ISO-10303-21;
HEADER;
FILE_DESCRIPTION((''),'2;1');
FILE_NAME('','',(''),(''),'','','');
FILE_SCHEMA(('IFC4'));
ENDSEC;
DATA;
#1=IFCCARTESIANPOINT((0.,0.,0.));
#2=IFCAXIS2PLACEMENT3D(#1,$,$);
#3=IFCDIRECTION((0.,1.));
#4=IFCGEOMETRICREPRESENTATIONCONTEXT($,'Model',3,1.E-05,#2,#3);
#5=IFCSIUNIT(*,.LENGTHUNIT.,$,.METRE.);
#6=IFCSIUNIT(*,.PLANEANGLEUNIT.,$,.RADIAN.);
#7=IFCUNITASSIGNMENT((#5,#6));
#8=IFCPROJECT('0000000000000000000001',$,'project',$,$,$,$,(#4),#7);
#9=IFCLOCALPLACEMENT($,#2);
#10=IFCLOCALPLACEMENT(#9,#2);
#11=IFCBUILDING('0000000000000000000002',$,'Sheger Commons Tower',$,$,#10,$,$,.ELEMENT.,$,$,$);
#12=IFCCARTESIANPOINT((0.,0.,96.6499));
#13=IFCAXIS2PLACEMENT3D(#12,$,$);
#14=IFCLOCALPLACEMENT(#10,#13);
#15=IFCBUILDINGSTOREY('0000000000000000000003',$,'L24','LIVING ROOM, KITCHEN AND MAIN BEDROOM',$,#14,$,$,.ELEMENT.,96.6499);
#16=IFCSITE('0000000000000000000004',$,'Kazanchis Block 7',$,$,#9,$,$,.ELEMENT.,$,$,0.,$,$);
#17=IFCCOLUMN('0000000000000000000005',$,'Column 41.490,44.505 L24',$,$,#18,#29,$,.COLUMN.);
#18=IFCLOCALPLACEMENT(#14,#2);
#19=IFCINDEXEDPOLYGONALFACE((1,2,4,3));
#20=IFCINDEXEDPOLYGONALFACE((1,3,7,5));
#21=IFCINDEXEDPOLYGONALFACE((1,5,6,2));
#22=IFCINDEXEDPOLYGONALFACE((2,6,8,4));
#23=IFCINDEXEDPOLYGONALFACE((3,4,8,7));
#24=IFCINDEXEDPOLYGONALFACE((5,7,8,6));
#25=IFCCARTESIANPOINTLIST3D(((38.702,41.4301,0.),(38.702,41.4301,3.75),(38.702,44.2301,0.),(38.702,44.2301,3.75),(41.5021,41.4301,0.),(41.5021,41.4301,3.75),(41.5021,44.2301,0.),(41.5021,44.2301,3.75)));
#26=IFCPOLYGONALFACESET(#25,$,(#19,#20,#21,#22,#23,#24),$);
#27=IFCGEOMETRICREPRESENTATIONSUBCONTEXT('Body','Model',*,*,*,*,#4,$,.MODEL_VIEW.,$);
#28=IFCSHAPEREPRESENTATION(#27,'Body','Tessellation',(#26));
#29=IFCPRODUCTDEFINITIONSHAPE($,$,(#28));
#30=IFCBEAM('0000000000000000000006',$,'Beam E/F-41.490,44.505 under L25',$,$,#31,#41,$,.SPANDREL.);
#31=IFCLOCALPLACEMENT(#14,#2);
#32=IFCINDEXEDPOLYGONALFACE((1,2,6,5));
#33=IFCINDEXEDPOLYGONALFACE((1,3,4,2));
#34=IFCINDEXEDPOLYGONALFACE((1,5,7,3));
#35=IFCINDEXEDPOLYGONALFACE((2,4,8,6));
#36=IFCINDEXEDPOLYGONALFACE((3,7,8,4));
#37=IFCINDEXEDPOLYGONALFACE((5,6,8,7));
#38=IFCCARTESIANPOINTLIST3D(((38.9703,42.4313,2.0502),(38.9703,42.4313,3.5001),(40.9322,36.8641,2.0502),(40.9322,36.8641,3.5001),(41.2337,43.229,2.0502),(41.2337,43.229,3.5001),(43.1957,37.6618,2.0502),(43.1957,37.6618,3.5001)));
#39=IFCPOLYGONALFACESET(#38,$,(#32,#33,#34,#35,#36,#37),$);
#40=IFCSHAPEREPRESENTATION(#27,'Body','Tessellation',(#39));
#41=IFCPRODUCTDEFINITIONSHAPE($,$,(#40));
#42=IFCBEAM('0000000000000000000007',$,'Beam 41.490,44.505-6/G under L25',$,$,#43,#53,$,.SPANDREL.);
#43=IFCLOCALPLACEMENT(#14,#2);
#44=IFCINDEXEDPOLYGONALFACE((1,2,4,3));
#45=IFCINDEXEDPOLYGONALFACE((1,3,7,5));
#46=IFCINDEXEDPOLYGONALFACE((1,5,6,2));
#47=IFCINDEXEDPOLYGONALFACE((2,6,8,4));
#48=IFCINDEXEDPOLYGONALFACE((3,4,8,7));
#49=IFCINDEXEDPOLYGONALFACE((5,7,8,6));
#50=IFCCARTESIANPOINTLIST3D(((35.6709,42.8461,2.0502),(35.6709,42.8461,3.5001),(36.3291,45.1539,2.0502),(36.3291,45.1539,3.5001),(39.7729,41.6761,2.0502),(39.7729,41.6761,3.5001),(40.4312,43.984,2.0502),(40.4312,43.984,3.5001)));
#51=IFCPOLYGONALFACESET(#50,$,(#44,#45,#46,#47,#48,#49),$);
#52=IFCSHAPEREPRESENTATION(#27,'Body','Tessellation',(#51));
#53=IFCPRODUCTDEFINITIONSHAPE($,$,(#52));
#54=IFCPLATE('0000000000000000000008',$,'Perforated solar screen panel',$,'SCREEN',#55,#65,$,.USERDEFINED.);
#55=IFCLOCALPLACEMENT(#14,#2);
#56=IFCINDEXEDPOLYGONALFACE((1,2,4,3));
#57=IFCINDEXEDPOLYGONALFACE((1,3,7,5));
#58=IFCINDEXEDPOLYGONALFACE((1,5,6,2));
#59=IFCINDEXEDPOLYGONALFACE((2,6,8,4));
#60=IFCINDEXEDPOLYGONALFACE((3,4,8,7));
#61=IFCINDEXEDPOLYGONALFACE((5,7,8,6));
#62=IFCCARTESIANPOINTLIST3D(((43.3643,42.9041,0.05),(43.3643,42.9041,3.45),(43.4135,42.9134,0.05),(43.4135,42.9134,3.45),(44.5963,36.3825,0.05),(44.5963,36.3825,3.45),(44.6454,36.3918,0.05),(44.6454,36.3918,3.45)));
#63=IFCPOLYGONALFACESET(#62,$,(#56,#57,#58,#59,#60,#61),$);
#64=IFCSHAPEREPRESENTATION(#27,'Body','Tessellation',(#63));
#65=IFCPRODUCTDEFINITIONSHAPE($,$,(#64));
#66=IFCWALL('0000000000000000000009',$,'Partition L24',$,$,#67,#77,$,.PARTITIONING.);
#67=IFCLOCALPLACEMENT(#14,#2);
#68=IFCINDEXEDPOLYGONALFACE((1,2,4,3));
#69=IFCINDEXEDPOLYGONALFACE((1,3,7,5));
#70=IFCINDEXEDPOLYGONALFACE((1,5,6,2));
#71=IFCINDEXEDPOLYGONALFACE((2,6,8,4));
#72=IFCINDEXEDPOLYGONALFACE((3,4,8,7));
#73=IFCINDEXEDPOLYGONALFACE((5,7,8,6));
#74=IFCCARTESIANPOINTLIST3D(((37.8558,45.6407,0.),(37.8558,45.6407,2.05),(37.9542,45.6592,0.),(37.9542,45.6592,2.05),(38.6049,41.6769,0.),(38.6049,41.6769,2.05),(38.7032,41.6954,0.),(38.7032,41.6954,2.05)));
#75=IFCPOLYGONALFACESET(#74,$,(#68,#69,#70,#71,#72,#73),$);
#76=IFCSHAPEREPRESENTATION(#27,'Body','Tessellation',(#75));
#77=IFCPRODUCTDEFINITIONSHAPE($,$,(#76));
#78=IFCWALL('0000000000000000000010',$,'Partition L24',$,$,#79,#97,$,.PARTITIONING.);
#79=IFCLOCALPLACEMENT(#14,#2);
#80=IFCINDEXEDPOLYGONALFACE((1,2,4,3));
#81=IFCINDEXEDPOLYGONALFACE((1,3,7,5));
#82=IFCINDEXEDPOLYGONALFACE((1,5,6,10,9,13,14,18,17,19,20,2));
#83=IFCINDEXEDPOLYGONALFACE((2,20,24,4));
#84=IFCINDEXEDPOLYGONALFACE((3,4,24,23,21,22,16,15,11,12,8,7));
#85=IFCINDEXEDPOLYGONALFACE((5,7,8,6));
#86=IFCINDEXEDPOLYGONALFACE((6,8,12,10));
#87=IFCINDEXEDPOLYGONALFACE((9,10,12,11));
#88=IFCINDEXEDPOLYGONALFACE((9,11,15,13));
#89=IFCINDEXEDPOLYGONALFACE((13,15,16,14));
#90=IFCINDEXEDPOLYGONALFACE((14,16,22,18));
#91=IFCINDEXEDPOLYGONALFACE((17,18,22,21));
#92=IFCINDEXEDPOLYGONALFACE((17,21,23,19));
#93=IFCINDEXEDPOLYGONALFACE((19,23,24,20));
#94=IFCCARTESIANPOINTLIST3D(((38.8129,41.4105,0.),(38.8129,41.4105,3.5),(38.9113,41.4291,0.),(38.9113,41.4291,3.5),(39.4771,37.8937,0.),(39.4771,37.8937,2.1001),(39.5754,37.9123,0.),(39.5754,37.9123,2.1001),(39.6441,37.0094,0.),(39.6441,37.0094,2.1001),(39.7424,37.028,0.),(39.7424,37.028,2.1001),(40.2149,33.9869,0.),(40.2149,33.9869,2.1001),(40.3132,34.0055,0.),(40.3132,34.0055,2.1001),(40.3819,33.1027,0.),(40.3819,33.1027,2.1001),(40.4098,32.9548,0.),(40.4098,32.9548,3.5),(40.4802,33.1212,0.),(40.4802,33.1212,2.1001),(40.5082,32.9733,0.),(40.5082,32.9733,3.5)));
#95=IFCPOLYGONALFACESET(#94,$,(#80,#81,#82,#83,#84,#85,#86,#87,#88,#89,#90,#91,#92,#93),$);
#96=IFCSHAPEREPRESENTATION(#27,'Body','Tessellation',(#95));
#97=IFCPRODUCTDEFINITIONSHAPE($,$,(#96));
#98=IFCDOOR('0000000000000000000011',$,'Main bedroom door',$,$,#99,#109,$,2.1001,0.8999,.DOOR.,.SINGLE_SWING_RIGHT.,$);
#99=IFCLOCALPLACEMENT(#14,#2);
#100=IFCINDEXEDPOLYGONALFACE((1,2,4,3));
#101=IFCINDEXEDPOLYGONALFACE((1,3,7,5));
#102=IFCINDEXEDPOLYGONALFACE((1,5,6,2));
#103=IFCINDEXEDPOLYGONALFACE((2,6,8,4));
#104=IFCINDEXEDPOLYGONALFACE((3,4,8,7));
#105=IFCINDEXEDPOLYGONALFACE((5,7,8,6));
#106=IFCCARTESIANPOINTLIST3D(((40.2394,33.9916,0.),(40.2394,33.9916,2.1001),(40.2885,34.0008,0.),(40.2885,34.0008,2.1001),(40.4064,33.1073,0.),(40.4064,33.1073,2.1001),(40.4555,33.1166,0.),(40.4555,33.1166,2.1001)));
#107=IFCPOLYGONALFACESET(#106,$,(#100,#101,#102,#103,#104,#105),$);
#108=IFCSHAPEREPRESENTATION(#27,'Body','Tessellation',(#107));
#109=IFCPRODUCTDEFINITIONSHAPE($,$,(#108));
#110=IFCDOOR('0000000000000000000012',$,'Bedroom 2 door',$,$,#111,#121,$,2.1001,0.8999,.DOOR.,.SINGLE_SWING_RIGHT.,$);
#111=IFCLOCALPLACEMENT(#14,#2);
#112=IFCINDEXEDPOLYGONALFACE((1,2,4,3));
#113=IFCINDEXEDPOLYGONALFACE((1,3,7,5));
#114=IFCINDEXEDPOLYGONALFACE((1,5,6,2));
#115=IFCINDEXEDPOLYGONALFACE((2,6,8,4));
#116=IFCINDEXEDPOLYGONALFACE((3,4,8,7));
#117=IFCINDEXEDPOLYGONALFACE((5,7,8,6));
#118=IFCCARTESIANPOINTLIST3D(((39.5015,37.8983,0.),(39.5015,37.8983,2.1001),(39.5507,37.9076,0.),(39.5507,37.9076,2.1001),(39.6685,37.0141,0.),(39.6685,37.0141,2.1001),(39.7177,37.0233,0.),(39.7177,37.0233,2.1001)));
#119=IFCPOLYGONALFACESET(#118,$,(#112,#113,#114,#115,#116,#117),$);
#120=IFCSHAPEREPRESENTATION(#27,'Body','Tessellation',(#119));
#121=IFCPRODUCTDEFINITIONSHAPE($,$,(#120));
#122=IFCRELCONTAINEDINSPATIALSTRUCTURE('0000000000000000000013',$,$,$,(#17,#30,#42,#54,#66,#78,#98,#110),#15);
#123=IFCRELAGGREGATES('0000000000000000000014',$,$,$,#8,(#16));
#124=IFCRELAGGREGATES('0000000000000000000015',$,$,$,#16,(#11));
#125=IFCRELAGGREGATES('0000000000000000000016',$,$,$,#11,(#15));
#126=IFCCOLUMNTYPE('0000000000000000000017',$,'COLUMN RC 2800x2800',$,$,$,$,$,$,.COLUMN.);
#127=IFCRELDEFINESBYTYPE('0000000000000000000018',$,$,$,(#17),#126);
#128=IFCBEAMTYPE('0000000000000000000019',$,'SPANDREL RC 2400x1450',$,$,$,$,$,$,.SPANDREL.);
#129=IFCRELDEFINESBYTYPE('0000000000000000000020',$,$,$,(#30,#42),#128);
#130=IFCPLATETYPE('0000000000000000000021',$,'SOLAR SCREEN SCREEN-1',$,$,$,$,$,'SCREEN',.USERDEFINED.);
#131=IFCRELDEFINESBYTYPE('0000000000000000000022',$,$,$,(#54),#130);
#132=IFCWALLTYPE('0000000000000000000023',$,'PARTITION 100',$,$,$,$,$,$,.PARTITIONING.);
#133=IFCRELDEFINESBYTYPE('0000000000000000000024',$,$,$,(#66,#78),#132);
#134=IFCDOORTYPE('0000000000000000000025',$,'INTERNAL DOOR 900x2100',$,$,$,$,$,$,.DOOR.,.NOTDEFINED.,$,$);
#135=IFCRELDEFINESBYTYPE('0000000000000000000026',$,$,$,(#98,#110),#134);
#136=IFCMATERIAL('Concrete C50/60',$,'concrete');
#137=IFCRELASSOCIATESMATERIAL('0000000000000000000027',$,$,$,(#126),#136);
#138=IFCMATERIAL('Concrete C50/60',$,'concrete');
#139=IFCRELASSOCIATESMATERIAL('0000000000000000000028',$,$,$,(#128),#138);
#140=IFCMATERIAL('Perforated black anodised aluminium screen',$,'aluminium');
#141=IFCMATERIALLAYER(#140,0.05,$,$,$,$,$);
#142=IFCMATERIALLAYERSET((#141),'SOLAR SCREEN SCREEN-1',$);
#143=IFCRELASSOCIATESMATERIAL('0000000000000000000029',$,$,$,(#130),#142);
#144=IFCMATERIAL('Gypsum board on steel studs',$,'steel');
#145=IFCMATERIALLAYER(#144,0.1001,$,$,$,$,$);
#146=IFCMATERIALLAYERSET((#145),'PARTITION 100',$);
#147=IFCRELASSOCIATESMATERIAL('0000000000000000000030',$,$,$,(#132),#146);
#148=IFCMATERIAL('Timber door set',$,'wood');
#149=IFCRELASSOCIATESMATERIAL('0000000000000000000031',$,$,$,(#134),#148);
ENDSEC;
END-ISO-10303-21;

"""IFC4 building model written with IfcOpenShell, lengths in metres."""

from ifc_helpers import new_model, si_unit, direction, frame, frame_2d, origin, origin_2d, place, context, subcontext, project, spatial, rectangle, extrude, material, layer, layer_set, material_profile, profile_set, type_object, element, fill, save


model = new_model("IFC4")

# Units and contexts
model_context = context("Model", 3, precision=1e-05, world=origin(), true_north=direction((0.0, 1.0)))
body_context = subcontext(model_context, "Body", "Model", "MODEL_VIEW")
ifc_project = project(units=[si_unit("LENGTHUNIT", "METRE"), si_unit("PLANEANGLEUNIT", "RADIAN")], contexts=[model_context])

# Site, building, storey
site_placement = place(None, origin())
site = spatial("IfcSite", under=ifc_project, at=site_placement, Name="Kazanchis Block 7", CompositionType="ELEMENT", RefElevation=0.0)
building_placement = place(site_placement, origin())
building = spatial("IfcBuilding", under=site, at=building_placement, Name="Sheger Commons Tower", CompositionType="ELEMENT")
storey_placement = place(building_placement, frame((0.0, 0.0, 96.6499)))
storey = spatial("IfcBuildingStorey", under=building, at=storey_placement, Name="L24", Description="LIVING ROOM, KITCHEN AND MAIN BEDROOM", CompositionType="ELEMENT", Elevation=96.6499)

# Column
ifc_material_1 = material(Name="Concrete C50/60", Category="concrete")
ifc_material_profile_1 = material_profile(ifc_material_1, rectangle(XDim=2.8, YDim=2.8, at=origin_2d()), Name="RC 2800x2800")
ifc_profile_set_1 = profile_set([ifc_material_profile_1], Name="Concrete C50/60")
column_type = type_object("IfcColumnType", Name="COLUMN RC 2800x2800", PredefinedType="COLUMN", material=ifc_profile_set_1)
column_placement = place(storey_placement, frame((40.1021, 42.8301, 0.0), z_axis=(0.0, 0.0, 1.0), x_axis=(1.0, 0.0, 0.0)))
element("IfcColumn", 1, at=column_placement, inside=storey, type_object=column_type, Name="Column 41.490,44.505 L24", PredefinedType="COLUMN", context=body_context, shape_type="SweptSolid", body=[
    extrude(rectangle(XDim=2.8, YDim=2.8, at=origin_2d()), origin(), (0.0, 0.0, 1.0), 3.75),
])

# Beams
ifc_material_2 = material(Name="Concrete C50/60", Category="concrete")
ifc_material_profile_2 = material_profile(ifc_material_2, rectangle(XDim=2.3999, YDim=1.45, at=origin_2d()), Name="RC 2400x1450")
ifc_profile_set_2 = profile_set([ifc_material_profile_2], Name="Concrete C50/60")
beam_type = type_object("IfcBeamType", Name="SPANDREL RC 2400x1450", PredefinedType="SPANDREL", material=ifc_profile_set_2)
beam_1_placement = place(storey_placement, frame((42.064, 37.2629, 2.7751), z_axis=(-0.332374, 0.943148, 0.0), x_axis=(-0.943148, -0.332374, 0.0)))
element("IfcBeam", 2, at=beam_1_placement, inside=storey, type_object=beam_type, Name="Beam E/F-41.490,44.505 under L25", PredefinedType="SPANDREL", context=body_context, shape_type="SweptSolid", body=[
    extrude(rectangle(XDim=2.3999, YDim=1.45, at=origin_2d()), origin(), (0.0, 0.0, 1.0), 5.9028),
])
beam_2_placement = place(storey_placement, frame((40.1021, 42.8301, 2.7751), z_axis=(-0.961653, 0.274268, 0.0), x_axis=(-0.274268, -0.961653, 0.0)))
element("IfcBeam", 3, at=beam_2_placement, inside=storey, type_object=beam_type, Name="Beam 41.490,44.505-6/G under L25", PredefinedType="SPANDREL", context=body_context, shape_type="SweptSolid", body=[
    extrude(rectangle(XDim=2.3999, YDim=1.45, at=origin_2d()), origin(), (0.0, 0.0, 1.0), 4.2656),
])

# Plate
ifc_material_3 = material(Name="Perforated black anodised aluminium screen", Category="aluminium")
ifc_layer_1 = layer(ifc_material_3, 0.05)
ifc_layer_set_1 = layer_set([ifc_layer_1], Name="SOLAR SCREEN SCREEN-1")
plate_type = type_object("IfcPlateType", Name="SOLAR SCREEN SCREEN-1", ElementType="SCREEN", PredefinedType="USERDEFINED", material=ifc_layer_set_1)
plate_placement = place(storey_placement, frame((44.0049, 39.6479, 0.05), z_axis=(0.0, 0.0, 1.0), x_axis=(-0.185615, 0.982623, 0.0)))
element("IfcPlate", 4, at=plate_placement, inside=storey, type_object=plate_type, Name="Perforated solar screen panel", ObjectType="SCREEN", PredefinedType="USERDEFINED", context=body_context, shape_type="SweptSolid", body=[
    extrude(rectangle(XDim=6.637, YDim=0.05, at=origin_2d()), origin(), (0.0, 0.0, 1.0), 3.3999),
])

# Wall
ifc_material_4 = material(Name="Gypsum board on steel studs", Category="steel")
ifc_layer_2 = layer(ifc_material_4, 0.1001)
ifc_layer_set_2 = layer_set([ifc_layer_2], Name="PARTITION 100")
wall_type = type_object("IfcWallType", Name="PARTITION 100", PredefinedType="PARTITIONING", material=ifc_layer_set_2)
wall_1_placement = place(storey_placement, frame((38.6541, 41.686, 0.0), z_axis=(0.0, 0.0, 1.0), x_axis=(-0.185677, 0.982611, 0.0)))
element("IfcWall", 5, at=wall_1_placement, inside=storey, type_object=wall_type, Name="Partition L24", PredefinedType="PARTITIONING", context=body_context, shape_type="SweptSolid", body=[
    extrude(rectangle(XDim=4.0339, YDim=0.1001, at=frame_2d((2.0171, 0.0))), origin(), (0.0, 0.0, 1.0), 2.05),
])

# Wall, openings, doors
wall_2_placement = place(storey_placement, frame((38.8621, 41.4199, 0.0), z_axis=(0.0, 0.0, 1.0), x_axis=(0.185575, -0.98263, 0.0)))
wall_2 = element("IfcWall", 6, at=wall_2_placement, inside=storey, type_object=wall_type, Name="Partition L24", PredefinedType="PARTITIONING", context=body_context, shape_type="SweptSolid", body=[
    extrude(rectangle(XDim=8.6052, YDim=0.1001, at=frame_2d((4.3027, 0.0))), origin(), (0.0, 0.0, 1.0), 3.5),
])
opening_1_placement = place(wall_2_placement, frame((7.5549, 0.0, 0.0)))
opening_1 = element("IfcOpeningElement", 7, at=opening_1_placement, cuts=wall_2, PredefinedType="OPENING", context=body_context, shape_type="SweptSolid", body=[
    extrude(rectangle(XDim=0.8999, YDim=2.1001, at=frame_2d((0.45, 1.05))), frame((0.0, 0.0601, 0.0), z_axis=(0.0, -1.0, 0.0), x_axis=(1.0, 0.0, 0.0)), (0.0, 0.0, 1.0), 0.1201),
])
opening_2_placement = place(wall_2_placement, frame((3.5791, 0.0, 0.0)))
opening_2 = element("IfcOpeningElement", 8, at=opening_2_placement, cuts=wall_2, PredefinedType="OPENING", context=body_context, shape_type="SweptSolid", body=[
    extrude(rectangle(XDim=0.8999, YDim=2.1001, at=frame_2d((0.45, 1.05))), frame((0.0, 0.0601, 0.0), z_axis=(0.0, -1.0, 0.0), x_axis=(1.0, 0.0, 0.0)), (0.0, 0.0, 1.0), 0.1201),
])
ifc_material_5 = material(Name="Timber door set", Category="wood")
door_type = type_object("IfcDoorType", Name="INTERNAL DOOR 900x2100", OperationType="NOTDEFINED", PredefinedType="DOOR", material=ifc_material_5)
door_1_placement = place(opening_1_placement, origin())
door_1 = element("IfcDoor", 9, at=door_1_placement, inside=storey, type_object=door_type, Name="Main bedroom door", OperationType="SINGLE_SWING_RIGHT", OverallHeight=2.1001, OverallWidth=0.8999, PredefinedType="DOOR", context=body_context, shape_type="SweptSolid", body=[
    extrude(rectangle(XDim=0.8999, YDim=2.1001, at=frame_2d((0.45, 1.05))), frame((0.0, 0.0249, 0.0), z_axis=(0.0, -1.0, 0.0), x_axis=(1.0, 0.0, 0.0)), (0.0, 0.0, 1.0), 0.05),
])
fill(opening_1, door_1)
door_2_placement = place(opening_2_placement, origin())
door_2 = element("IfcDoor", 10, at=door_2_placement, inside=storey, type_object=door_type, Name="Bedroom 2 door", OperationType="SINGLE_SWING_RIGHT", OverallHeight=2.1001, OverallWidth=0.8999, PredefinedType="DOOR", context=body_context, shape_type="SweptSolid", body=[
    extrude(rectangle(XDim=0.8999, YDim=2.1001, at=frame_2d((0.45, 1.05))), frame((0.0, 0.0249, 0.0), z_axis=(0.0, -1.0, 0.0), x_axis=(1.0, 0.0, 0.0)), (0.0, 0.0, 1.0), 0.05),
])
fill(opening_2, door_2)

save(model, "model.ifc")
